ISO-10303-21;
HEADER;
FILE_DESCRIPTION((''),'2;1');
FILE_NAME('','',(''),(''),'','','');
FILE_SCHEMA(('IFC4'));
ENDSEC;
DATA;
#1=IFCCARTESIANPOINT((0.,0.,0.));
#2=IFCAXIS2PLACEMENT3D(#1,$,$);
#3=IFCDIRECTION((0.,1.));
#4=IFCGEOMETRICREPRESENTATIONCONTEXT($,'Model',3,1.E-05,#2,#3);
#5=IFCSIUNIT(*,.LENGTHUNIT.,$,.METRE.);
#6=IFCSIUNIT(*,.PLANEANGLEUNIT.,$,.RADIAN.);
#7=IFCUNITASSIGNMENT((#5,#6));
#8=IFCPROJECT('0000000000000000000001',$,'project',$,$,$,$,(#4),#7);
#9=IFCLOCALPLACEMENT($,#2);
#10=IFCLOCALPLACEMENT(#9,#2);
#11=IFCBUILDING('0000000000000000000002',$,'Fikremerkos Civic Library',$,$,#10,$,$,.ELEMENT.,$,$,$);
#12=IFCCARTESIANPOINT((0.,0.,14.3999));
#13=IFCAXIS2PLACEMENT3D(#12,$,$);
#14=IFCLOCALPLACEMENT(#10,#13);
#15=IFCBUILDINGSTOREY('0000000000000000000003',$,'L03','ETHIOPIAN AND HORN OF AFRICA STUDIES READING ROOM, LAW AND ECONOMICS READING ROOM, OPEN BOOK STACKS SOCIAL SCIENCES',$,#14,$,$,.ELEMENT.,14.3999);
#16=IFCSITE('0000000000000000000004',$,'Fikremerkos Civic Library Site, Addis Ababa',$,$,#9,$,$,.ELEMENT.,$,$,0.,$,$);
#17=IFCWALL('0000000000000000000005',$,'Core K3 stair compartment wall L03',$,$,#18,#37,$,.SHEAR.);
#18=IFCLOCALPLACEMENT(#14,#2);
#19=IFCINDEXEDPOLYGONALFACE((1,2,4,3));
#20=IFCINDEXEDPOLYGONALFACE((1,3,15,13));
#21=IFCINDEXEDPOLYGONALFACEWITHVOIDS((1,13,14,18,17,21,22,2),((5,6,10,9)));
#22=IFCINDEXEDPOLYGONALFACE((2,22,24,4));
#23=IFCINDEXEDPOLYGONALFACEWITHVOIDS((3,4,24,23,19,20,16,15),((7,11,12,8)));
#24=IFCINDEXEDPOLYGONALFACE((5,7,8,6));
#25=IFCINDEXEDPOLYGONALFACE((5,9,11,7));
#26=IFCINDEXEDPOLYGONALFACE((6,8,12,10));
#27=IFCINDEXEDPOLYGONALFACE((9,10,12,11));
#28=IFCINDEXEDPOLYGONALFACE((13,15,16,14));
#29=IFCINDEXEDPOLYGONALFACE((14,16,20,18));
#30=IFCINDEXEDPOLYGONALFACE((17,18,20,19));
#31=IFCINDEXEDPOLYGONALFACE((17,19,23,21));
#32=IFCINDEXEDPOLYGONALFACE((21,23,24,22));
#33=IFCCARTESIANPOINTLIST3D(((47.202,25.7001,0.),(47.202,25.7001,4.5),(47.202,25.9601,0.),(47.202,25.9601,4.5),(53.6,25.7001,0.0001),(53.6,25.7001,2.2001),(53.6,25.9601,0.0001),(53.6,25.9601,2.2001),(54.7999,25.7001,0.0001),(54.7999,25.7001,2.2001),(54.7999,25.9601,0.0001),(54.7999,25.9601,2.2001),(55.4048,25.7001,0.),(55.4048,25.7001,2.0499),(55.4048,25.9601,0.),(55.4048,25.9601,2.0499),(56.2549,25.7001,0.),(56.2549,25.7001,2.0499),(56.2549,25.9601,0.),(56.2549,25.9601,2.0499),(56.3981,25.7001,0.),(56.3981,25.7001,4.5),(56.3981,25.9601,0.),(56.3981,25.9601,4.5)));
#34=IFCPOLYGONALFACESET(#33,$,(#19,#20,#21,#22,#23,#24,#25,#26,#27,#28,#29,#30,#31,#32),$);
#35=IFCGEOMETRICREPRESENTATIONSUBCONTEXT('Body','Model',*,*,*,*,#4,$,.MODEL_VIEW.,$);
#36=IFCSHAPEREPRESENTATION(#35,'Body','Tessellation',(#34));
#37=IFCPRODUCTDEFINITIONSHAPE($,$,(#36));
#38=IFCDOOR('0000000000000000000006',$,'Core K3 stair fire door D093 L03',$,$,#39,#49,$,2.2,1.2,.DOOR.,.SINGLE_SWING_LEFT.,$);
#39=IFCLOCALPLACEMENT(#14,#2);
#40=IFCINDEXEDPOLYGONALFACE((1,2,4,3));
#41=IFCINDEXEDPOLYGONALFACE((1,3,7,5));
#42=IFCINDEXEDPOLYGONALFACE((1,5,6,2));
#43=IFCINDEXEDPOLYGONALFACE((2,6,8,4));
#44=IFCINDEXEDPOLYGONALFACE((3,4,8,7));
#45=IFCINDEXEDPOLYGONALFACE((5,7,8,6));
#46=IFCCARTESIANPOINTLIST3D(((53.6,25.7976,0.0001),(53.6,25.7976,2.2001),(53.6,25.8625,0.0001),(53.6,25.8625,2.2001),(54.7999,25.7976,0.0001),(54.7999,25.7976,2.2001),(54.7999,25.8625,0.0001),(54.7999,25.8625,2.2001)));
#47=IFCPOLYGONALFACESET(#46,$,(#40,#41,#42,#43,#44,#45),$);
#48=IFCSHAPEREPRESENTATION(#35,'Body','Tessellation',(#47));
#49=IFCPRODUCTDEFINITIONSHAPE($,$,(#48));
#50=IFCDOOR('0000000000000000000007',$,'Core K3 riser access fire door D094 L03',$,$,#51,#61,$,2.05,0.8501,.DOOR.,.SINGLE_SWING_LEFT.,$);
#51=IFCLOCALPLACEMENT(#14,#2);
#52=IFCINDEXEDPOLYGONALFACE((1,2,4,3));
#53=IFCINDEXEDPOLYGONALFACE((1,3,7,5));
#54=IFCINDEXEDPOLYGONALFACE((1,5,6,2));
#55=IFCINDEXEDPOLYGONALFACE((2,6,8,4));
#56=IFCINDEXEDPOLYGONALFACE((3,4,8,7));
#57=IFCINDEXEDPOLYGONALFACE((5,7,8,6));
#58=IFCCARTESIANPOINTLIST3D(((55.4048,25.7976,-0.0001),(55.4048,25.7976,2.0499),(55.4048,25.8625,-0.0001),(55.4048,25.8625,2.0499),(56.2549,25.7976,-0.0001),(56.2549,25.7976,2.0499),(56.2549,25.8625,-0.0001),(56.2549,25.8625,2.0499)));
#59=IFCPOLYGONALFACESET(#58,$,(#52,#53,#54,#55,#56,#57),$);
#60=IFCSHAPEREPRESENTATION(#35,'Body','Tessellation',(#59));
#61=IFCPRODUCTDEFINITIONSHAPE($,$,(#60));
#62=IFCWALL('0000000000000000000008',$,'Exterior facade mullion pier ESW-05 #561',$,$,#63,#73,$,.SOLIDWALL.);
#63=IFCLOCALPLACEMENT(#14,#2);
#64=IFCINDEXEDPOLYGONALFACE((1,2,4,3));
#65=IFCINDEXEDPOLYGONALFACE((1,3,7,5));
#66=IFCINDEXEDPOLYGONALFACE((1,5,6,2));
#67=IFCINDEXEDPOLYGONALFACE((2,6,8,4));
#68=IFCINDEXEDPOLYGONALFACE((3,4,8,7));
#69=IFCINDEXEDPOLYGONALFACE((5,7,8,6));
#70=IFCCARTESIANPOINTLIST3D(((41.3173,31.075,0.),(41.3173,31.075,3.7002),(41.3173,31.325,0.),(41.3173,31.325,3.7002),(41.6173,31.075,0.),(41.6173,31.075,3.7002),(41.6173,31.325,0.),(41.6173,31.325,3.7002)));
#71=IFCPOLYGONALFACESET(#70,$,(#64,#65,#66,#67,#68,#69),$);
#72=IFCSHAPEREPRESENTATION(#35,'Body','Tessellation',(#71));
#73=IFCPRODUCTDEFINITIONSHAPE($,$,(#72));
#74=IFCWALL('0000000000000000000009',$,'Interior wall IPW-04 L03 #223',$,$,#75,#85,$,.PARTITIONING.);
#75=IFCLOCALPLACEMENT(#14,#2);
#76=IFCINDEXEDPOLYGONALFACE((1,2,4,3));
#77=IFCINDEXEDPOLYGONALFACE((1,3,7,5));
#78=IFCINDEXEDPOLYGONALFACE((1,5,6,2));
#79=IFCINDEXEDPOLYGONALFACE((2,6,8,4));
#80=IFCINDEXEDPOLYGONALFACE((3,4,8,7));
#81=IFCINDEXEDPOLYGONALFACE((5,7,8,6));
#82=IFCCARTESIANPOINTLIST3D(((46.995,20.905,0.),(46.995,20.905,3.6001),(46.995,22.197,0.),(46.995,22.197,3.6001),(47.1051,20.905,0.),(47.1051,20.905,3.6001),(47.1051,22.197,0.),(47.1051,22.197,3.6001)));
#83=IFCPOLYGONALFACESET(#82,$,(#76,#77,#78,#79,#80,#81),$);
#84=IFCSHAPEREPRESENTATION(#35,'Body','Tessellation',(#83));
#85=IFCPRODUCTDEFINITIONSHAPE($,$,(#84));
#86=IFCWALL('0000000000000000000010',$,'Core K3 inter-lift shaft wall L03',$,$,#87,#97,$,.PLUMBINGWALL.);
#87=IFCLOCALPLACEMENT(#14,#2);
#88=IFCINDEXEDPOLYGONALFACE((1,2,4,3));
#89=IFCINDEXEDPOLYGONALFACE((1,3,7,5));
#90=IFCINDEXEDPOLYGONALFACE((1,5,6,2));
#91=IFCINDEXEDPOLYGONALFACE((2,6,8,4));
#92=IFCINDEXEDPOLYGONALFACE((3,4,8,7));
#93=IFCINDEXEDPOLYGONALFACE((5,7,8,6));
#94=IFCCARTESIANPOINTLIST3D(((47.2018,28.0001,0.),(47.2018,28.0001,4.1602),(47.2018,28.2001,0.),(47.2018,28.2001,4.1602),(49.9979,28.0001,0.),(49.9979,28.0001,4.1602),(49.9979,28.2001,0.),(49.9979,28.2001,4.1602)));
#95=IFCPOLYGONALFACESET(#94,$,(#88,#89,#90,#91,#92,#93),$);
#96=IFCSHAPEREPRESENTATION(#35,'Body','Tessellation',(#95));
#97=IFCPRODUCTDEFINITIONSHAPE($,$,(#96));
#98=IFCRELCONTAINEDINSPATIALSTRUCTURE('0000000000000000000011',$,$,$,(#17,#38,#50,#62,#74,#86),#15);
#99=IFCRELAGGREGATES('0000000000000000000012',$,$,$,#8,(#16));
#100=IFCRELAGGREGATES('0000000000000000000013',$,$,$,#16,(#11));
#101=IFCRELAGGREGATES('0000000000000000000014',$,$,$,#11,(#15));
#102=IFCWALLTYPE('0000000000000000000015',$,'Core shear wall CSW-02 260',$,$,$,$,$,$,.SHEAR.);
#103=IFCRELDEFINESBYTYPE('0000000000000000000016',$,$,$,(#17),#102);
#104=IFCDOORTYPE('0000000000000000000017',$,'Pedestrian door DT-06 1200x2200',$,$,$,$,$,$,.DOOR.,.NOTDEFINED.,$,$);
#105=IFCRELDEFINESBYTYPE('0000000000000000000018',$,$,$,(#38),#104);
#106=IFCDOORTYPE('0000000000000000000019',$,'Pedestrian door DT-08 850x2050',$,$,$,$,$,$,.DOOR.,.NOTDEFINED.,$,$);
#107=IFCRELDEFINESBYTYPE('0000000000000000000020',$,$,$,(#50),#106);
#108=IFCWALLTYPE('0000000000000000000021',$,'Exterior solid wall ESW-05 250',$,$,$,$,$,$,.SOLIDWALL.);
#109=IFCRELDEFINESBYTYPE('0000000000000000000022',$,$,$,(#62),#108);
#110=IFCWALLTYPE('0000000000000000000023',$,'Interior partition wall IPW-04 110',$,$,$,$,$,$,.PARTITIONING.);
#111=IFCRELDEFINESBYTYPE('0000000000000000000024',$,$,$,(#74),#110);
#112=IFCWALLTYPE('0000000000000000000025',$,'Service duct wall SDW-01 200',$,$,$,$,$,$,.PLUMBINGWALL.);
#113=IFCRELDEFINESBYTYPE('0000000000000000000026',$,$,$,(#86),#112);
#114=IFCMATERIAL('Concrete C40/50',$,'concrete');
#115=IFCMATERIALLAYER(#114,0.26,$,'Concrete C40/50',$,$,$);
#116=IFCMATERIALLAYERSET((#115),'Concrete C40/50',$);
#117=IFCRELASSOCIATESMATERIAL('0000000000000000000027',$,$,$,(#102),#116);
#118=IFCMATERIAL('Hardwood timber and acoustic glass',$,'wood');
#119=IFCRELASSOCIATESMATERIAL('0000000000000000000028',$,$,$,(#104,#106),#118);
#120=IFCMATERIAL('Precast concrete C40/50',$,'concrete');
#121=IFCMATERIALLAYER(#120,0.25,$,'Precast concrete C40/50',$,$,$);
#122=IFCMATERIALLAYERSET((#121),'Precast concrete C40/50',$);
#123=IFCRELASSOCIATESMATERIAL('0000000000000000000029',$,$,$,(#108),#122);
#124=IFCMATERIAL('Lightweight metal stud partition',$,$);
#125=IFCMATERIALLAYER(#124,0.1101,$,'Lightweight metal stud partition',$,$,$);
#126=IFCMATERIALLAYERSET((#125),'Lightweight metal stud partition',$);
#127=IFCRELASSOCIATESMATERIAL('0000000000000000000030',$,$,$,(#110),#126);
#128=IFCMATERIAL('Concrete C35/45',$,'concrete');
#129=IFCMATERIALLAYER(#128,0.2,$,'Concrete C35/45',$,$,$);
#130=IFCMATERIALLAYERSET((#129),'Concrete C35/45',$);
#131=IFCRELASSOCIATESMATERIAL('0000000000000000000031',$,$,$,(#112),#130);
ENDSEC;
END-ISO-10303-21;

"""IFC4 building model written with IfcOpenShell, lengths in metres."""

from ifc_helpers import new_model, si_unit, direction, frame, frame_2d, origin, place, context, subcontext, project, spatial, rectangle, extrude, material, layer, layer_set, type_object, element, fill, save


model = new_model("IFC4")

# Units and contexts
model_context = context("Model", 3, precision=1e-05, world=origin(), true_north=direction((0.0, 1.0)))
body_context = subcontext(model_context, "Body", "Model", "MODEL_VIEW")
ifc_project = project(units=[si_unit("LENGTHUNIT", "METRE"), si_unit("PLANEANGLEUNIT", "RADIAN")], contexts=[model_context])

# Site, building, storey
site_placement = place(None, origin())
site = spatial("IfcSite", under=ifc_project, at=site_placement, Name="Fikremerkos Civic Library Site, Addis Ababa", CompositionType="ELEMENT", RefElevation=0.0)
building_placement = place(site_placement, origin())
building = spatial("IfcBuilding", under=site, at=building_placement, Name="Fikremerkos Civic Library", CompositionType="ELEMENT")
storey_placement = place(building_placement, frame((0.0, 0.0, 14.3999)))
storey = spatial("IfcBuildingStorey", under=building, at=storey_placement, Name="L03", Description="ETHIOPIAN AND HORN OF AFRICA STUDIES READING ROOM, LAW AND ECONOMICS READING ROOM, OPEN BOOK STACKS SOCIAL SCIENCES", CompositionType="ELEMENT", Elevation=14.3999)

# Shared definitions
ifc_material_1 = material(Name="Concrete C40/50", Category="concrete")

# Wall, openings, doors
ifc_layer_1 = layer(ifc_material_1, 0.26, Name="Concrete C40/50")
ifc_layer_set_1 = layer_set([ifc_layer_1], Name="Concrete C40/50")
wall_type_1 = type_object("IfcWallType", Name="Core shear wall CSW-02 260", PredefinedType="SHEAR", material=ifc_layer_set_1)
wall_1_placement = place(storey_placement, frame((47.2019, 25.8301, 0.0), z_axis=(0.0, 0.0, 1.0), x_axis=(1.0, 0.0, 0.0)))
wall_1 = element("IfcWall", 1, at=wall_1_placement, inside=storey, type_object=wall_type_1, Name="Core K3 stair compartment wall L03", PredefinedType="SHEAR", context=body_context, shape_type="SweptSolid", body=[
    extrude(rectangle(XDim=9.196, YDim=0.26, at=frame_2d((4.5981, 0.0))), origin(), (0.0, 0.0, 1.0), 4.5),
])
opening_1_placement = place(wall_1_placement, frame((6.3979, 0.0, 0.0)))
opening_1 = element("IfcOpeningElement", 2, at=opening_1_placement, cuts=wall_1, PredefinedType="OPENING", context=body_context, shape_type="SweptSolid", body=[
    extrude(rectangle(XDim=1.2, YDim=2.2, at=frame_2d((0.6001, 1.1001))), frame((0.0, 0.1399, 0.0), z_axis=(0.0, -1.0, 0.0), x_axis=(1.0, 0.0, 0.0)), (0.0, 0.0, 1.0), 0.28),
])
opening_2_placement = place(wall_1_placement, frame((8.2029, 0.0, 0.0)))
opening_2 = element("IfcOpeningElement", 3, at=opening_2_placement, cuts=wall_1, PredefinedType="OPENING", context=body_context, shape_type="SweptSolid", body=[
    extrude(rectangle(XDim=0.8501, YDim=2.05, at=frame_2d((0.425, 1.0249))), frame((0.0, 0.1399, 0.0), z_axis=(0.0, -1.0, 0.0), x_axis=(1.0, 0.0, 0.0)), (0.0, 0.0, 1.0), 0.28),
])
ifc_material_2 = material(Name="Hardwood timber and acoustic glass", Category="wood")
door_type_1 = type_object("IfcDoorType", Name="Pedestrian door DT-06 1200x2200", OperationType="NOTDEFINED", PredefinedType="DOOR", material=ifc_material_2)
door_1_placement = place(opening_1_placement, origin())
door_1 = element("IfcDoor", 4, at=door_1_placement, inside=storey, type_object=door_type_1, Name="Core K3 stair fire door D093 L03", OperationType="SINGLE_SWING_LEFT", OverallHeight=2.2, OverallWidth=1.2, PredefinedType="DOOR", context=body_context, shape_type="SweptSolid", body=[
    extrude(rectangle(XDim=1.2, YDim=2.2, at=frame_2d((0.6001, 1.1001))), frame((0.0, 0.0325, 0.0), z_axis=(0.0, -1.0, 0.0), x_axis=(1.0, 0.0, 0.0)), (0.0, 0.0, 1.0), 0.0649),
])
fill(opening_1, door_1)
door_type_2 = type_object("IfcDoorType", Name="Pedestrian door DT-08 850x2050", OperationType="NOTDEFINED", PredefinedType="DOOR", material=ifc_material_2)
door_2_placement = place(opening_2_placement, origin())
door_2 = element("IfcDoor", 5, at=door_2_placement, inside=storey, type_object=door_type_2, Name="Core K3 riser access fire door D094 L03", OperationType="SINGLE_SWING_LEFT", OverallHeight=2.05, OverallWidth=0.8501, PredefinedType="DOOR", context=body_context, shape_type="SweptSolid", body=[
    extrude(rectangle(XDim=0.8501, YDim=2.05, at=frame_2d((0.425, 1.0249))), frame((0.0, 0.0325, 0.0), z_axis=(0.0, -1.0, 0.0), x_axis=(1.0, 0.0, 0.0)), (0.0, 0.0, 1.0), 0.0649),
])
fill(opening_2, door_2)

# Walls
ifc_material_3 = material(Name="Precast concrete C40/50", Category="concrete")
ifc_layer_2 = layer(ifc_material_3, 0.25, Name="Precast concrete C40/50")
ifc_layer_set_2 = layer_set([ifc_layer_2], Name="Precast concrete C40/50")
wall_type_2 = type_object("IfcWallType", Name="Exterior solid wall ESW-05 250", PredefinedType="SOLIDWALL", material=ifc_layer_set_2)
wall_2_placement = place(storey_placement, frame((41.3174, 31.2, 0.0), z_axis=(0.0, 0.0, 1.0), x_axis=(1.0, 0.0, 0.0)))
element("IfcWall", 6, at=wall_2_placement, inside=storey, type_object=wall_type_2, Name="Exterior facade mullion pier ESW-05 #561", PredefinedType="SOLIDWALL", context=body_context, shape_type="SweptSolid", body=[
    extrude(rectangle(XDim=0.3, YDim=0.25, at=frame_2d((0.1499, 0.0))), origin(), (0.0, 0.0, 1.0), 3.7002),
])
ifc_material_4 = material(Name="Lightweight metal stud partition")
ifc_layer_3 = layer(ifc_material_4, 0.1101, Name="Lightweight metal stud partition")
ifc_layer_set_3 = layer_set([ifc_layer_3], Name="Lightweight metal stud partition")
wall_type_3 = type_object("IfcWallType", Name="Interior partition wall IPW-04 110", PredefinedType="PARTITIONING", material=ifc_layer_set_3)
wall_3_placement = place(storey_placement, frame((47.05, 20.905, 0.0), z_axis=(0.0, 0.0, 1.0), x_axis=(0.0, 1.0, 0.0)))
element("IfcWall", 7, at=wall_3_placement, inside=storey, type_object=wall_type_3, Name="Interior wall IPW-04 L03 #223", PredefinedType="PARTITIONING", context=body_context, shape_type="SweptSolid", body=[
    extrude(rectangle(XDim=1.292, YDim=0.1101, at=frame_2d((0.646, 0.0))), origin(), (0.0, 0.0, 1.0), 3.6001),
])
ifc_material_5 = material(Name="Concrete C35/45", Category="concrete")
ifc_layer_4 = layer(ifc_material_5, 0.2, Name="Concrete C35/45")
ifc_layer_set_4 = layer_set([ifc_layer_4], Name="Concrete C35/45")
wall_type_4 = type_object("IfcWallType", Name="Service duct wall SDW-01 200", PredefinedType="PLUMBINGWALL", material=ifc_layer_set_4)
wall_4_placement = place(storey_placement, frame((47.2019, 28.1001, 0.0), z_axis=(0.0, 0.0, 1.0), x_axis=(1.0, 0.0, 0.0)))
element("IfcWall", 8, at=wall_4_placement, inside=storey, type_object=wall_type_4, Name="Core K3 inter-lift shaft wall L03", PredefinedType="PLUMBINGWALL", context=body_context, shape_type="SweptSolid", body=[
    extrude(rectangle(XDim=2.7961, YDim=0.2, at=frame_2d((1.3979, 0.0))), origin(), (0.0, 0.0, 1.0), 4.1602),
])

save(model, "model.ifc")
